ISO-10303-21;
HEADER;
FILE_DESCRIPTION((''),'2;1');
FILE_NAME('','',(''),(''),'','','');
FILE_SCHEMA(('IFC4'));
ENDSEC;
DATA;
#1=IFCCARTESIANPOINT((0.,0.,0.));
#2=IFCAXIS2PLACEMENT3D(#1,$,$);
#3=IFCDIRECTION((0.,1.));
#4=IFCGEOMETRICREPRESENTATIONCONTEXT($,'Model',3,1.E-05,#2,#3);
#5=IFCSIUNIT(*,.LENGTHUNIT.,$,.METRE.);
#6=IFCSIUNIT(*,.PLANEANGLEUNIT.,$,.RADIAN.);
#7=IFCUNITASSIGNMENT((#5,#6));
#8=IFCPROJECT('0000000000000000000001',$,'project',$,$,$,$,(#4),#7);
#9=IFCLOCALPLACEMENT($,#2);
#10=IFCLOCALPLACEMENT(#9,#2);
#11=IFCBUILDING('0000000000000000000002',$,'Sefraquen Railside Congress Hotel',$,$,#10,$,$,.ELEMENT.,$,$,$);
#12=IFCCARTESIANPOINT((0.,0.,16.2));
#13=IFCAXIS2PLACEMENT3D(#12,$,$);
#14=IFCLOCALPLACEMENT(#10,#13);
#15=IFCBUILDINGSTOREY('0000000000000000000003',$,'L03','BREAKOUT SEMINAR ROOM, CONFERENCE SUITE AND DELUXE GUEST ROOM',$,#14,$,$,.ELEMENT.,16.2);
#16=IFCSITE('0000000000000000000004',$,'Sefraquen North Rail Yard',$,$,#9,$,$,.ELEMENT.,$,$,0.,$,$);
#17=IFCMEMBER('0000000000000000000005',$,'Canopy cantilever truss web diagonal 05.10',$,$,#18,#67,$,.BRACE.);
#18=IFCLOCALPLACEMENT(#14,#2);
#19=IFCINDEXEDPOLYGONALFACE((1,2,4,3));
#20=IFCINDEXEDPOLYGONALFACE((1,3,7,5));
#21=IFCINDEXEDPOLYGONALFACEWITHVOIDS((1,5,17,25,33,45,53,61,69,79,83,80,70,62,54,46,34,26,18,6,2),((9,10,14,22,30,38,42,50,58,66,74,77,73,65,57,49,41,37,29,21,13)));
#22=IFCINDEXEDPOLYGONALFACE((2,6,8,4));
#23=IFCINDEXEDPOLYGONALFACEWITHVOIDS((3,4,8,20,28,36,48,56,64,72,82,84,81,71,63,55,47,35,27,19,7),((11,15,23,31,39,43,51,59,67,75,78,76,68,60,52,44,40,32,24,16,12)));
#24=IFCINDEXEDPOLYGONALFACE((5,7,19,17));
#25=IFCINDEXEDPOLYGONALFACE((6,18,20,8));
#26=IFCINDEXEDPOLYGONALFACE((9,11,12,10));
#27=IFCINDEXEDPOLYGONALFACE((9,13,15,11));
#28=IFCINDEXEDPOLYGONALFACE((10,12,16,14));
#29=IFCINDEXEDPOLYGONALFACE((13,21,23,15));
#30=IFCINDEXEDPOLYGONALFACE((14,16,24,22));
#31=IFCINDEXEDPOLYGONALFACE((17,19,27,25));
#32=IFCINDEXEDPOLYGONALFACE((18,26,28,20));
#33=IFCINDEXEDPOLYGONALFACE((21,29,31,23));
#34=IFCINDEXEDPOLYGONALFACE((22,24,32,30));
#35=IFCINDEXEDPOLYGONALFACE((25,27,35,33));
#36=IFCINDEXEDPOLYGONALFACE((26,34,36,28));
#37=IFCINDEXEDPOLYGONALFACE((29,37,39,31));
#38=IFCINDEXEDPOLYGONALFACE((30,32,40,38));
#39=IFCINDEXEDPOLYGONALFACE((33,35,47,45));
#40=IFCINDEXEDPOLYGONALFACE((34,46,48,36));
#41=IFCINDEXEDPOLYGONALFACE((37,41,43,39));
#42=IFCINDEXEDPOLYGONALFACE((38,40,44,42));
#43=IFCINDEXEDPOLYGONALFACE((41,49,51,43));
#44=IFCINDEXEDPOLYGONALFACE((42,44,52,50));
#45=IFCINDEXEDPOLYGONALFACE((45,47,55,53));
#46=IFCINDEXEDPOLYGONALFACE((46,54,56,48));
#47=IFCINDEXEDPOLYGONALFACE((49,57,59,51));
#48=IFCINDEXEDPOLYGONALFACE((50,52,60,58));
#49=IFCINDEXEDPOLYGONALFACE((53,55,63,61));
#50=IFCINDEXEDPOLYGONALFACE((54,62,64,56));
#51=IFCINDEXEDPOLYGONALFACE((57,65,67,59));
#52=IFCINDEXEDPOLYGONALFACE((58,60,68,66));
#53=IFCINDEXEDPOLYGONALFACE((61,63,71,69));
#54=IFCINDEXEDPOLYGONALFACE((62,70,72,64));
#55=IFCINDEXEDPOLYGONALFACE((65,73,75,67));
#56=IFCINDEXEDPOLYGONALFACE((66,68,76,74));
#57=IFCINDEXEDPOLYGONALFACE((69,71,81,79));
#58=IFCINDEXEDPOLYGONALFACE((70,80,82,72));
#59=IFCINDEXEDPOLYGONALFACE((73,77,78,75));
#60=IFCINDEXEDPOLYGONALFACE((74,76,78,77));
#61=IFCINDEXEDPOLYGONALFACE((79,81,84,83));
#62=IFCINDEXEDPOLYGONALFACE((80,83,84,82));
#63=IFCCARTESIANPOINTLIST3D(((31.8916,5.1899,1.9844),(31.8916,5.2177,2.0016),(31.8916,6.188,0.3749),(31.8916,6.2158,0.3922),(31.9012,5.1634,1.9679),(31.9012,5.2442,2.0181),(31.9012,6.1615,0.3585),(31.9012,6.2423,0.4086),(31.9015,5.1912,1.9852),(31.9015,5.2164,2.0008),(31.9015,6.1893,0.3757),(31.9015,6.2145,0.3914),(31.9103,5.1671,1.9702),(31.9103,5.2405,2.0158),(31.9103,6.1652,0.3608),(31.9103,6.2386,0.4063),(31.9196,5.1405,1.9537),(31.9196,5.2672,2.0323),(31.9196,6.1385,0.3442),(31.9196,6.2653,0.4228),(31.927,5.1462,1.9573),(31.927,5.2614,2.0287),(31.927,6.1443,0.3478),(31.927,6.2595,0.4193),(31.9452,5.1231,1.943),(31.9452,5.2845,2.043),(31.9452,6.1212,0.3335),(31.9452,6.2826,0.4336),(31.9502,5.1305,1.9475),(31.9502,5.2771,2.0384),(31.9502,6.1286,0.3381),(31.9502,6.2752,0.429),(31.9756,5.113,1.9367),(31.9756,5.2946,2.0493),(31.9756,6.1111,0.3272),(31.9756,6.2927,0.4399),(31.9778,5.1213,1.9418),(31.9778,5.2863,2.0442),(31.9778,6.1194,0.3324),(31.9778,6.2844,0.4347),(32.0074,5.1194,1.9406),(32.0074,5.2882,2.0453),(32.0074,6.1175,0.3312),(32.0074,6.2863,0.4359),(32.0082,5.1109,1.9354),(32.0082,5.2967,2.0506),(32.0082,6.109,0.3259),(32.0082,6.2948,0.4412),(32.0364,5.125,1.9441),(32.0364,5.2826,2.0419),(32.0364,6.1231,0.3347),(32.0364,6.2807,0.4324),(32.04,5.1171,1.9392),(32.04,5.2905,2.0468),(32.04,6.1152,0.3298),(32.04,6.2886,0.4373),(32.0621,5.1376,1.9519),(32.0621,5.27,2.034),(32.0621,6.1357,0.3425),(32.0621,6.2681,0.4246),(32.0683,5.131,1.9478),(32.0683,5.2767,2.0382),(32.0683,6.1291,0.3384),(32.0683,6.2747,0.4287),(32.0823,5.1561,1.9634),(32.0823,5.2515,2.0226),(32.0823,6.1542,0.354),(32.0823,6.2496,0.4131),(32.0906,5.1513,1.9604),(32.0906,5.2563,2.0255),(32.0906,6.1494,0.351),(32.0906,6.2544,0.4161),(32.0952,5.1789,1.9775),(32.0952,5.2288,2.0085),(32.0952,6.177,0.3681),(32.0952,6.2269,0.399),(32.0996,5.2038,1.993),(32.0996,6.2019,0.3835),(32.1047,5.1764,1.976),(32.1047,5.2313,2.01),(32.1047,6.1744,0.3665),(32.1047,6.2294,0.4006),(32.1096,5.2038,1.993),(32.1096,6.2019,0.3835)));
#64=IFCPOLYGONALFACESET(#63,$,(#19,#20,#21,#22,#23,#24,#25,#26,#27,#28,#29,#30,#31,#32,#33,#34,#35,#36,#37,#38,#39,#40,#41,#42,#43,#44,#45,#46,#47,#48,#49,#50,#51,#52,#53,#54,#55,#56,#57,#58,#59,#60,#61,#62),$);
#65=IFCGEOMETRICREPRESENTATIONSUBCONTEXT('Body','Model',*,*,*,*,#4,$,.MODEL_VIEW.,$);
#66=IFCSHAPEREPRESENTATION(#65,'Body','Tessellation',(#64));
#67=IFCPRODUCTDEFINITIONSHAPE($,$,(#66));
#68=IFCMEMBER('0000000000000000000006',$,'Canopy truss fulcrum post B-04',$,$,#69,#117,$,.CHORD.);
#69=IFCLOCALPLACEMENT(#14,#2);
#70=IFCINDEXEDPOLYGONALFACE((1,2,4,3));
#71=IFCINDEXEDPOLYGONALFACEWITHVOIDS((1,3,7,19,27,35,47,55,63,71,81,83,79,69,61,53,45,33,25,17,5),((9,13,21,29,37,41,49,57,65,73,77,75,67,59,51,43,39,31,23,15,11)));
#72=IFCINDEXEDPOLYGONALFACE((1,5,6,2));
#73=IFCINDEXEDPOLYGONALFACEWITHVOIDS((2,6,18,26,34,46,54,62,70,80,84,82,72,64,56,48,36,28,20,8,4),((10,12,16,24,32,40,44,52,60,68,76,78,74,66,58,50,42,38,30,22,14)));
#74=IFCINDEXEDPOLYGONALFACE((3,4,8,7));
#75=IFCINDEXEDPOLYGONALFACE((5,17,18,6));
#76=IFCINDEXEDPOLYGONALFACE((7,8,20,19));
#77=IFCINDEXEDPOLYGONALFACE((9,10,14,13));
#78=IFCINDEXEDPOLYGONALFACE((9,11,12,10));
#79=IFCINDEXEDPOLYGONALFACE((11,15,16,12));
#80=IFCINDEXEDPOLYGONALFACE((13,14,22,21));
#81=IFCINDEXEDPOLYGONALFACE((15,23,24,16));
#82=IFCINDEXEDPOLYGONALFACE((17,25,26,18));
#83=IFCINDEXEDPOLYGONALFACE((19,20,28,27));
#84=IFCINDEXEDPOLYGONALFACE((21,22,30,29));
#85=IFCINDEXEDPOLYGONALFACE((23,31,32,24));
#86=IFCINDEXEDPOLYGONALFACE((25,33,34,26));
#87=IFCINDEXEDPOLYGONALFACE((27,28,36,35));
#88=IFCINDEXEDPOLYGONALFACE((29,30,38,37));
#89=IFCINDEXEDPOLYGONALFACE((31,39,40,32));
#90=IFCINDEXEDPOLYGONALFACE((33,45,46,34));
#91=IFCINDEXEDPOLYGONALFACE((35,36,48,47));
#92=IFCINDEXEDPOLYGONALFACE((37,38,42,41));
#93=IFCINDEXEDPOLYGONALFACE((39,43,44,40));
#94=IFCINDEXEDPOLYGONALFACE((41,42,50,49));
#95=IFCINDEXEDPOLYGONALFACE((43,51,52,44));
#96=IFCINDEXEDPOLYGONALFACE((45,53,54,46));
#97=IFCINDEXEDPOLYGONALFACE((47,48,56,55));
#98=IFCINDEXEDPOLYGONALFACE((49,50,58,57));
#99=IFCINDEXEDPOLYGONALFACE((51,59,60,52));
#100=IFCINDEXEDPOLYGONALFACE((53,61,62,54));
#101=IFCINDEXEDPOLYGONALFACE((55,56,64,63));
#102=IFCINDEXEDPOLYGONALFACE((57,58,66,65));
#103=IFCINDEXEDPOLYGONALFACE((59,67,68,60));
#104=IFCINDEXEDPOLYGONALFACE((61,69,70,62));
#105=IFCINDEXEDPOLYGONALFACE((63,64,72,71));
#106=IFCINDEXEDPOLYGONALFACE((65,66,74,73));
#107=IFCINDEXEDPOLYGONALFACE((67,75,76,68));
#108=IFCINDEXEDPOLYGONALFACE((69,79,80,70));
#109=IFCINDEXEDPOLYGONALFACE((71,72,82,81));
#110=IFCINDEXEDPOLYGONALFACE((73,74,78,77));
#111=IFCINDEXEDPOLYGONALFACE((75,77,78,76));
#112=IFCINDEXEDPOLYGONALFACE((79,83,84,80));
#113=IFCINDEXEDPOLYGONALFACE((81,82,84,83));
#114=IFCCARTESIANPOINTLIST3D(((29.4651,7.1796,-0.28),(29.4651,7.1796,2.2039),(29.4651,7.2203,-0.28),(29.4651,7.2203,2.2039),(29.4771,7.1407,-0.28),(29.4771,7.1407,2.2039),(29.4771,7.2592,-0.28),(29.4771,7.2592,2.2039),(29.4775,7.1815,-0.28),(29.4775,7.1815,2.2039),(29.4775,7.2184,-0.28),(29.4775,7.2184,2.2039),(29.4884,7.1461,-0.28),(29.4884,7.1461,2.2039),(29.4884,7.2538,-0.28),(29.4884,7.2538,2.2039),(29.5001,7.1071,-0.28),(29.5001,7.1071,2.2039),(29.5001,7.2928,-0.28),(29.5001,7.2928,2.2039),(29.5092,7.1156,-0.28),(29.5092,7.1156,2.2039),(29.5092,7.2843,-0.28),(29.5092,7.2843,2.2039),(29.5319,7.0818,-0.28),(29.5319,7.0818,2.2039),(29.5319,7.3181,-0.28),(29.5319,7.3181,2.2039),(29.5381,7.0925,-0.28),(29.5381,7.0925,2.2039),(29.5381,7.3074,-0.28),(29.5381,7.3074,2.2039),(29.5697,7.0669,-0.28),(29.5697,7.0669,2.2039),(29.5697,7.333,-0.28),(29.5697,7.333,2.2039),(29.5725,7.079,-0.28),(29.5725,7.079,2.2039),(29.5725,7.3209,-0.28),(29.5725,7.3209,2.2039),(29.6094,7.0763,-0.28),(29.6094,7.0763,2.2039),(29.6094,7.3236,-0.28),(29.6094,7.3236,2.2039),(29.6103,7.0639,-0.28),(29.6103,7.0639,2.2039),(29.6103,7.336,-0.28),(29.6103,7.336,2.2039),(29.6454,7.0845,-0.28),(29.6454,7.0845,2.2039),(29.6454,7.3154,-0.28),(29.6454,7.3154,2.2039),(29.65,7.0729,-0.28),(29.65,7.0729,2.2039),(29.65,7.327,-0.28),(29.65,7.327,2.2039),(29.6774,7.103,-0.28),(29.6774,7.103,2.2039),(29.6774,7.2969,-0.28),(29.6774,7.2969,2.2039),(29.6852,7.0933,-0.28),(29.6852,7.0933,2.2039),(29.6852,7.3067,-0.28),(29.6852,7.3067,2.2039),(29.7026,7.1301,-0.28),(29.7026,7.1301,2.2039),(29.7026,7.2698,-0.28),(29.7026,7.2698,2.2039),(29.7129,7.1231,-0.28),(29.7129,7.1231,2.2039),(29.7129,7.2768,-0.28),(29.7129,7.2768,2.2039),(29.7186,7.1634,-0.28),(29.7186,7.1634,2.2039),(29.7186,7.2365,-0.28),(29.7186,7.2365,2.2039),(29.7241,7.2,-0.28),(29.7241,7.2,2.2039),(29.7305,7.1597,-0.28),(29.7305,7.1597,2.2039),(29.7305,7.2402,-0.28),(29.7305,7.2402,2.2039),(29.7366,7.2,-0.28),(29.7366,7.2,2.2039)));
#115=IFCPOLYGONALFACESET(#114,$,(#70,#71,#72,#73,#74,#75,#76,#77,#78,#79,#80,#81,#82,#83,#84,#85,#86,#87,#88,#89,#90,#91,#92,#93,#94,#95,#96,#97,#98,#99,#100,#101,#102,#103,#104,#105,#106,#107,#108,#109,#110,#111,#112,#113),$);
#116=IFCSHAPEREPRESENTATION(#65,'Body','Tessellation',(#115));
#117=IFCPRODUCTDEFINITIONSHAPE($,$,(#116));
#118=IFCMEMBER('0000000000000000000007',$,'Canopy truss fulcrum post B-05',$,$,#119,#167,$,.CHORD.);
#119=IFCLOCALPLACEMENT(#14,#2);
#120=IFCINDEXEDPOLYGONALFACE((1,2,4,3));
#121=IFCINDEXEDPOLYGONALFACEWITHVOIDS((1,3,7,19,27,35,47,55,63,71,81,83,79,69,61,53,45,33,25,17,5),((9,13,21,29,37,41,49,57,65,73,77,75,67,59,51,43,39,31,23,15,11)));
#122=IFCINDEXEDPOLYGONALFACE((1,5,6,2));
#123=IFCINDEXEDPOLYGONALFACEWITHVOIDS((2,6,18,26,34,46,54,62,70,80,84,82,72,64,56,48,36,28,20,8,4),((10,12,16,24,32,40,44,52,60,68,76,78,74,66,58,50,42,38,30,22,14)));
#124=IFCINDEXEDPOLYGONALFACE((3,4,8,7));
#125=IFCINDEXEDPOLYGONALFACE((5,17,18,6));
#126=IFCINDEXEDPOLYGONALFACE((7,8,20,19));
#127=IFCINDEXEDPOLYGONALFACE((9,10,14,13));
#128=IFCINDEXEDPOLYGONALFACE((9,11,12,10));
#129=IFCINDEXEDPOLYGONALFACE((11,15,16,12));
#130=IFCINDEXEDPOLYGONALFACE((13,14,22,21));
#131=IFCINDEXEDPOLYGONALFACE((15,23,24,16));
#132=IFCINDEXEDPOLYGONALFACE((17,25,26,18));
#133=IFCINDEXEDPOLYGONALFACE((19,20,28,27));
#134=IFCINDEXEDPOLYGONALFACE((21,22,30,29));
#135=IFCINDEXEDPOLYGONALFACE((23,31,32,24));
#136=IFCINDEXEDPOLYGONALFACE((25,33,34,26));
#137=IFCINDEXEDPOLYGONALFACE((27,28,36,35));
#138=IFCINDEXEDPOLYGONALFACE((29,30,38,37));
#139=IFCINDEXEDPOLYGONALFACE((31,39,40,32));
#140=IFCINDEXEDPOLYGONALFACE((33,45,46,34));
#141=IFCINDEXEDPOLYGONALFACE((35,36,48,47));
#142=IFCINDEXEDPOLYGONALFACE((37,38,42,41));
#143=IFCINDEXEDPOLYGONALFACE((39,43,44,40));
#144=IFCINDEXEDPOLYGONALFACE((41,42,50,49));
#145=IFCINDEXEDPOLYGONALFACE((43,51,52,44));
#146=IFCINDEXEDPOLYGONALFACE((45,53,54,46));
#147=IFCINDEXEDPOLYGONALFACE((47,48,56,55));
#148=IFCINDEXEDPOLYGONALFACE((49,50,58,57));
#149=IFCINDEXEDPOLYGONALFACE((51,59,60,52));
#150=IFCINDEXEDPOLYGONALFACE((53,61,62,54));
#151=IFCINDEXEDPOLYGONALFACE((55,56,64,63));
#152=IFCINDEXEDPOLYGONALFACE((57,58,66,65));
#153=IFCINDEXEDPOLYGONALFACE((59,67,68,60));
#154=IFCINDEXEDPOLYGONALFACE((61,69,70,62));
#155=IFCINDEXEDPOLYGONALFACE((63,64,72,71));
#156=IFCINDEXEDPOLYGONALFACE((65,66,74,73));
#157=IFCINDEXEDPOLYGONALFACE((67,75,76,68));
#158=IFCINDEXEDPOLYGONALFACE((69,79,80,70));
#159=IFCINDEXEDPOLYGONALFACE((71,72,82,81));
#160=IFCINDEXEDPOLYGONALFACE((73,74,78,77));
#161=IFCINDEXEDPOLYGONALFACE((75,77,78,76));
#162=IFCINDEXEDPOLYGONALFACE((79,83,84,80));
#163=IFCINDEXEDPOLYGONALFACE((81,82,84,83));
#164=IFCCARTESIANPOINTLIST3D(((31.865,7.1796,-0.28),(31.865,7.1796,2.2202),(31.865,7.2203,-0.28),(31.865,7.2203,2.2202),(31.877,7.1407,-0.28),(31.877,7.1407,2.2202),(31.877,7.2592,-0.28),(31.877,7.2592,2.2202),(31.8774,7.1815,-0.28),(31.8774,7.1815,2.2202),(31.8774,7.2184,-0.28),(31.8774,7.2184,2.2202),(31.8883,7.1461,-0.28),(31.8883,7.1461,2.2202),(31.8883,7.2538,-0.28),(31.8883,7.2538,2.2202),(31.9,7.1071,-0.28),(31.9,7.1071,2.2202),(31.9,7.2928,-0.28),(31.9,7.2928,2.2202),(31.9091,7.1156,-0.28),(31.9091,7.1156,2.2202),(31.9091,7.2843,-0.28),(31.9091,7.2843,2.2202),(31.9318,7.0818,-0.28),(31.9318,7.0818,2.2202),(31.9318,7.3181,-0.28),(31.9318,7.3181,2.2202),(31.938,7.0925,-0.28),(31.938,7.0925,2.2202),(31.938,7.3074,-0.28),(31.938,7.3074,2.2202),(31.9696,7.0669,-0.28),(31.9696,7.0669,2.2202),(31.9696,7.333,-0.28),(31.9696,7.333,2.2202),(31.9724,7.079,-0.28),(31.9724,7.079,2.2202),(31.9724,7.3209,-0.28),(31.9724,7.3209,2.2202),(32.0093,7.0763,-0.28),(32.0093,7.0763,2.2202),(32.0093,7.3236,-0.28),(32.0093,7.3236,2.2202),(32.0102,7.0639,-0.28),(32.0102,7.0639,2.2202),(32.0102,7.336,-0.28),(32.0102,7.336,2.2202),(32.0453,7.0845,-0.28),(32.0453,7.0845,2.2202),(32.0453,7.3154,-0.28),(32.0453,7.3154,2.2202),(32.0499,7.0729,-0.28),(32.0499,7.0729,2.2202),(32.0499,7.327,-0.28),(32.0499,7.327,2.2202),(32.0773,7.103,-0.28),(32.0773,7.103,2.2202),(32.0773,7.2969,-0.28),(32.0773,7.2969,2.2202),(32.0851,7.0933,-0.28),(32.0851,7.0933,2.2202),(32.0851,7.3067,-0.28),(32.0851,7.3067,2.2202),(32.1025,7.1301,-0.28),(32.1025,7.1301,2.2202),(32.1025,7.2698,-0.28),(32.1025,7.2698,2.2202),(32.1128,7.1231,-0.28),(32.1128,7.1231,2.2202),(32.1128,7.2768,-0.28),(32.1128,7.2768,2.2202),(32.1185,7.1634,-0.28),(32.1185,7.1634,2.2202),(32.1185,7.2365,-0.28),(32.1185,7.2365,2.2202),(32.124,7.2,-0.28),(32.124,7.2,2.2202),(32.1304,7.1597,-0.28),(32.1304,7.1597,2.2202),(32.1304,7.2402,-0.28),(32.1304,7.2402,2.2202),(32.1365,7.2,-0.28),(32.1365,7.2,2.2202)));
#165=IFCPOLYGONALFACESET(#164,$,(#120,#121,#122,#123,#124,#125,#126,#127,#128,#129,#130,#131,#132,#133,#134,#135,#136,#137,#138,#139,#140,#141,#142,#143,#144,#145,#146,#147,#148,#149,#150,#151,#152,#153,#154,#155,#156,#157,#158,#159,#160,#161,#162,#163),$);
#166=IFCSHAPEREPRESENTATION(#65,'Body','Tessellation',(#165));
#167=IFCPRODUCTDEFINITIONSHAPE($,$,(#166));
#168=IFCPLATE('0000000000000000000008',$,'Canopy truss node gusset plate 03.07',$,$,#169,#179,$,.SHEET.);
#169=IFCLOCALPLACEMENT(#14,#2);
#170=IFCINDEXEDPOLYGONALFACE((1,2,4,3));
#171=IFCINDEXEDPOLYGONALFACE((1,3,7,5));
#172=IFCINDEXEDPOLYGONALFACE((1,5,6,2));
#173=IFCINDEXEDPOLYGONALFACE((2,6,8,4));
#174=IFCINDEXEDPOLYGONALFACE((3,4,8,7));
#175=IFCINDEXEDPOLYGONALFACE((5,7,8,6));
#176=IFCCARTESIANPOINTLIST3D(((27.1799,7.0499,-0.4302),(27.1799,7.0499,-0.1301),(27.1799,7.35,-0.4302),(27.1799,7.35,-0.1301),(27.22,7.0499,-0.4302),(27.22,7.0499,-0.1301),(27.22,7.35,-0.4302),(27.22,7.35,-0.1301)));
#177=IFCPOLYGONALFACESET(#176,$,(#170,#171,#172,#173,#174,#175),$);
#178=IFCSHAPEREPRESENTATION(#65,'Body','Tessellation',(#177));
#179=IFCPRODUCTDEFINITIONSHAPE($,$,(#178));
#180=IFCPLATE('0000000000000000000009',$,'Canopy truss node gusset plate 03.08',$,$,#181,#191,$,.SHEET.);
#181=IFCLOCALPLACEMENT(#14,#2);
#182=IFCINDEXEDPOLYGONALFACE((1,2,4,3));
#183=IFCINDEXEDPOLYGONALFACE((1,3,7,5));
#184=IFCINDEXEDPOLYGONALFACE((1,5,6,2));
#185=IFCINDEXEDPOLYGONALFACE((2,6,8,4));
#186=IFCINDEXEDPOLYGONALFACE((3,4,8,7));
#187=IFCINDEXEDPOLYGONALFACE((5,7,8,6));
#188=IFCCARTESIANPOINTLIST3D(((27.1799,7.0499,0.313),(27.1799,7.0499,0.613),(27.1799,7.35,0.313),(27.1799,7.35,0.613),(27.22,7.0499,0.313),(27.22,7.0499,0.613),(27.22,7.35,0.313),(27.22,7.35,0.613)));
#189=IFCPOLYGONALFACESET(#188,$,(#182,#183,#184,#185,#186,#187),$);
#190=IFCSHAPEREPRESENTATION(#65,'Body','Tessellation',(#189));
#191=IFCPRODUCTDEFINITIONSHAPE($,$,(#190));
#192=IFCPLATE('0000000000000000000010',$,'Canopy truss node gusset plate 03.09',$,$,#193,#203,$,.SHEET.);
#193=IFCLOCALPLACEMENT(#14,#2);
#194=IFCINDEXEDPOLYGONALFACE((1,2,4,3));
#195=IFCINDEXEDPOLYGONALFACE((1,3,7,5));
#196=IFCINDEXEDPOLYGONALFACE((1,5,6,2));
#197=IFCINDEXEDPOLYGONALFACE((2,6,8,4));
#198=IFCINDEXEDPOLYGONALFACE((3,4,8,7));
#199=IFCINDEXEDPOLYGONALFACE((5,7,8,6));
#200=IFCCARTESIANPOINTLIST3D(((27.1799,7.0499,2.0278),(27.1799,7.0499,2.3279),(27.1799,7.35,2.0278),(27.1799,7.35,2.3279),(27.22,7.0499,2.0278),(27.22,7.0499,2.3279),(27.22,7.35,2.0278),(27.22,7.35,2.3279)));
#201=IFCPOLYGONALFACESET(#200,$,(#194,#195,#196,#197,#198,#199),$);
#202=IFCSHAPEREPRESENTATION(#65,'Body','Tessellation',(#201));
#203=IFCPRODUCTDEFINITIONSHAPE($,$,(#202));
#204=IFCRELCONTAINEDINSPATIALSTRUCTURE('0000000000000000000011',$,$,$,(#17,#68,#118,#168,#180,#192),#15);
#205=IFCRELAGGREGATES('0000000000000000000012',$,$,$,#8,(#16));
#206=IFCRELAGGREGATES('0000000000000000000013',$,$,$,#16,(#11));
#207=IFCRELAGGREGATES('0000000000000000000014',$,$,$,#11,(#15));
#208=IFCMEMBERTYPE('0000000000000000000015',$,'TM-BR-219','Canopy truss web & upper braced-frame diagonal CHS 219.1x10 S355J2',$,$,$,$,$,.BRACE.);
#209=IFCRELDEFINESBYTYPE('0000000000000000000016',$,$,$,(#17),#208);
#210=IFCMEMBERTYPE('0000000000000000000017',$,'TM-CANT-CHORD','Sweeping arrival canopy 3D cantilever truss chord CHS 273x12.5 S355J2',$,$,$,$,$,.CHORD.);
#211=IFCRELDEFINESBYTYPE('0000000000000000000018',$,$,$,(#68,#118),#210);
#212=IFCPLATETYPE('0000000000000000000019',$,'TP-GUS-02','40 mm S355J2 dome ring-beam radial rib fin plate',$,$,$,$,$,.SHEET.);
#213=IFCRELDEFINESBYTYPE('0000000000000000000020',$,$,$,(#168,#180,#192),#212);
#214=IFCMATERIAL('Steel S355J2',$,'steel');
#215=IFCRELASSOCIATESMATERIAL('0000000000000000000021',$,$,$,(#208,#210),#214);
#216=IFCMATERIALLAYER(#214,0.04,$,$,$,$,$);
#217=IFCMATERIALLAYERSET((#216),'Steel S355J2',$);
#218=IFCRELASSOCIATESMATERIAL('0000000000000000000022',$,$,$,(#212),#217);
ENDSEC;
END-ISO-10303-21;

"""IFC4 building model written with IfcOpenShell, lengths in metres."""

from ifc_helpers import new_model, si_unit, direction, frame, origin, origin_2d, place, context, subcontext, project, spatial, rectangle, hollow_circle, extrude, material, layer, layer_set, material_profile, profile_set, type_object, element, save


model = new_model("IFC4")

# Units and contexts
model_context = context("Model", 3, precision=1e-05, world=origin(), true_north=direction((0.0, 1.0)))
body_context = subcontext(model_context, "Body", "Model", "MODEL_VIEW")
ifc_project = project(units=[si_unit("LENGTHUNIT", "METRE"), si_unit("PLANEANGLEUNIT", "RADIAN")], contexts=[model_context])

# Site, building, storey
site_placement = place(None, origin())
site = spatial("IfcSite", under=ifc_project, at=site_placement, Name="Sefraquen North Rail Yard", CompositionType="ELEMENT", RefElevation=0.0)
building_placement = place(site_placement, origin())
building = spatial("IfcBuilding", under=site, at=building_placement, Name="Sefraquen Railside Congress Hotel", CompositionType="ELEMENT")
storey_placement = place(building_placement, frame((0.0, 0.0, 16.2)))
storey = spatial("IfcBuildingStorey", under=building, at=storey_placement, Name="L03", Description="BREAKOUT SEMINAR ROOM, CONFERENCE SUITE AND DELUXE GUEST ROOM", CompositionType="ELEMENT", Elevation=16.2)

# Members
ifc_material_1 = material(Name="Steel S355J2", Category="steel")
ifc_material_profile_1 = material_profile(ifc_material_1, hollow_circle(Radius=0.1096, WallThickness=0.01, at=origin_2d()), Name="CHS 219.1x10")
ifc_profile_set_1 = profile_set([ifc_material_profile_1], Name="Steel S355J2")
member_type_1 = type_object("IfcMemberType", Name="TM-BR-219", Description="Canopy truss web & upper braced-frame diagonal CHS 219.1x10 S355J2", PredefinedType="BRACE", material=ifc_profile_set_1)
member_1_placement = place(storey_placement, frame((32.0, 6.2019, 0.3835), z_axis=(0.0, -0.527029, 0.849847), x_axis=(1.0, 0.0, 0.0)))
element("IfcMember", 1, at=member_1_placement, inside=storey, type_object=member_type_1, Name="Canopy cantilever truss web diagonal 05.10", PredefinedType="BRACE", context=body_context, shape_type="SweptSolid", body=[
    extrude(hollow_circle(Radius=0.1096, WallThickness=0.01, at=origin_2d()), origin(), (0.0, 0.0, 1.0), 1.8938),
])
ifc_material_profile_2 = material_profile(ifc_material_1, hollow_circle(Radius=0.1365, WallThickness=0.0125, at=origin_2d()), Name="CHS 273x12.5")
ifc_profile_set_2 = profile_set([ifc_material_profile_2], Name="Steel S355J2")
member_type_2 = type_object("IfcMemberType", Name="TM-CANT-CHORD", Description="Sweeping arrival canopy 3D cantilever truss chord CHS 273x12.5 S355J2", PredefinedType="CHORD", material=ifc_profile_set_2)
member_2_placement = place(storey_placement, frame((29.6001, 7.2, -0.28), z_axis=(0.0, 0.0, 1.0), x_axis=(1.0, 0.0, 0.0)))
element("IfcMember", 2, at=member_2_placement, inside=storey, type_object=member_type_2, Name="Canopy truss fulcrum post B-04", PredefinedType="CHORD", context=body_context, shape_type="SweptSolid", body=[
    extrude(hollow_circle(Radius=0.1365, WallThickness=0.0125, at=origin_2d()), origin(), (0.0, 0.0, 1.0), 2.4839),
])
member_3_placement = place(storey_placement, frame((32.0, 7.2, -0.28), z_axis=(0.0, 0.0, 1.0), x_axis=(1.0, 0.0, 0.0)))
element("IfcMember", 3, at=member_3_placement, inside=storey, type_object=member_type_2, Name="Canopy truss fulcrum post B-05", PredefinedType="CHORD", context=body_context, shape_type="SweptSolid", body=[
    extrude(hollow_circle(Radius=0.1365, WallThickness=0.0125, at=origin_2d()), origin(), (0.0, 0.0, 1.0), 2.5002),
])

# Plates
ifc_layer_1 = layer(ifc_material_1, 0.04)
ifc_layer_set_1 = layer_set([ifc_layer_1], Name="Steel S355J2")
plate_type = type_object("IfcPlateType", Name="TP-GUS-02", Description="40 mm S355J2 dome ring-beam radial rib fin plate", PredefinedType="SHEET", material=ifc_layer_set_1)
for number, where, z_axis, x_axis, name in (
    (4, (27.2, 7.2, -0.4302), (0.0, 0.0, 1.0), (1.0, 0.0, 0.0), "Canopy truss node gusset plate 03.07"),
    (5, (27.2, 7.2, 0.313), (0.0, 0.0, 1.0), (1.0, 0.0, 0.0), "Canopy truss node gusset plate 03.08"),
    (6, (27.2, 7.2, 2.0278), (0.0, 0.0, 1.0), (1.0, 0.0, 0.0), "Canopy truss node gusset plate 03.09"),
):
    element("IfcPlate", number, at=place(storey_placement, frame(where, z_axis=z_axis, x_axis=x_axis)), inside=storey, type_object=plate_type, Name=name, PredefinedType="SHEET", context=body_context, shape_type="SweptSolid", body=[
        extrude(rectangle(XDim=0.04, YDim=0.3, at=origin_2d()), origin(), (0.0, 0.0, 1.0), 0.3),
    ])

save(model, "model.ifc")
